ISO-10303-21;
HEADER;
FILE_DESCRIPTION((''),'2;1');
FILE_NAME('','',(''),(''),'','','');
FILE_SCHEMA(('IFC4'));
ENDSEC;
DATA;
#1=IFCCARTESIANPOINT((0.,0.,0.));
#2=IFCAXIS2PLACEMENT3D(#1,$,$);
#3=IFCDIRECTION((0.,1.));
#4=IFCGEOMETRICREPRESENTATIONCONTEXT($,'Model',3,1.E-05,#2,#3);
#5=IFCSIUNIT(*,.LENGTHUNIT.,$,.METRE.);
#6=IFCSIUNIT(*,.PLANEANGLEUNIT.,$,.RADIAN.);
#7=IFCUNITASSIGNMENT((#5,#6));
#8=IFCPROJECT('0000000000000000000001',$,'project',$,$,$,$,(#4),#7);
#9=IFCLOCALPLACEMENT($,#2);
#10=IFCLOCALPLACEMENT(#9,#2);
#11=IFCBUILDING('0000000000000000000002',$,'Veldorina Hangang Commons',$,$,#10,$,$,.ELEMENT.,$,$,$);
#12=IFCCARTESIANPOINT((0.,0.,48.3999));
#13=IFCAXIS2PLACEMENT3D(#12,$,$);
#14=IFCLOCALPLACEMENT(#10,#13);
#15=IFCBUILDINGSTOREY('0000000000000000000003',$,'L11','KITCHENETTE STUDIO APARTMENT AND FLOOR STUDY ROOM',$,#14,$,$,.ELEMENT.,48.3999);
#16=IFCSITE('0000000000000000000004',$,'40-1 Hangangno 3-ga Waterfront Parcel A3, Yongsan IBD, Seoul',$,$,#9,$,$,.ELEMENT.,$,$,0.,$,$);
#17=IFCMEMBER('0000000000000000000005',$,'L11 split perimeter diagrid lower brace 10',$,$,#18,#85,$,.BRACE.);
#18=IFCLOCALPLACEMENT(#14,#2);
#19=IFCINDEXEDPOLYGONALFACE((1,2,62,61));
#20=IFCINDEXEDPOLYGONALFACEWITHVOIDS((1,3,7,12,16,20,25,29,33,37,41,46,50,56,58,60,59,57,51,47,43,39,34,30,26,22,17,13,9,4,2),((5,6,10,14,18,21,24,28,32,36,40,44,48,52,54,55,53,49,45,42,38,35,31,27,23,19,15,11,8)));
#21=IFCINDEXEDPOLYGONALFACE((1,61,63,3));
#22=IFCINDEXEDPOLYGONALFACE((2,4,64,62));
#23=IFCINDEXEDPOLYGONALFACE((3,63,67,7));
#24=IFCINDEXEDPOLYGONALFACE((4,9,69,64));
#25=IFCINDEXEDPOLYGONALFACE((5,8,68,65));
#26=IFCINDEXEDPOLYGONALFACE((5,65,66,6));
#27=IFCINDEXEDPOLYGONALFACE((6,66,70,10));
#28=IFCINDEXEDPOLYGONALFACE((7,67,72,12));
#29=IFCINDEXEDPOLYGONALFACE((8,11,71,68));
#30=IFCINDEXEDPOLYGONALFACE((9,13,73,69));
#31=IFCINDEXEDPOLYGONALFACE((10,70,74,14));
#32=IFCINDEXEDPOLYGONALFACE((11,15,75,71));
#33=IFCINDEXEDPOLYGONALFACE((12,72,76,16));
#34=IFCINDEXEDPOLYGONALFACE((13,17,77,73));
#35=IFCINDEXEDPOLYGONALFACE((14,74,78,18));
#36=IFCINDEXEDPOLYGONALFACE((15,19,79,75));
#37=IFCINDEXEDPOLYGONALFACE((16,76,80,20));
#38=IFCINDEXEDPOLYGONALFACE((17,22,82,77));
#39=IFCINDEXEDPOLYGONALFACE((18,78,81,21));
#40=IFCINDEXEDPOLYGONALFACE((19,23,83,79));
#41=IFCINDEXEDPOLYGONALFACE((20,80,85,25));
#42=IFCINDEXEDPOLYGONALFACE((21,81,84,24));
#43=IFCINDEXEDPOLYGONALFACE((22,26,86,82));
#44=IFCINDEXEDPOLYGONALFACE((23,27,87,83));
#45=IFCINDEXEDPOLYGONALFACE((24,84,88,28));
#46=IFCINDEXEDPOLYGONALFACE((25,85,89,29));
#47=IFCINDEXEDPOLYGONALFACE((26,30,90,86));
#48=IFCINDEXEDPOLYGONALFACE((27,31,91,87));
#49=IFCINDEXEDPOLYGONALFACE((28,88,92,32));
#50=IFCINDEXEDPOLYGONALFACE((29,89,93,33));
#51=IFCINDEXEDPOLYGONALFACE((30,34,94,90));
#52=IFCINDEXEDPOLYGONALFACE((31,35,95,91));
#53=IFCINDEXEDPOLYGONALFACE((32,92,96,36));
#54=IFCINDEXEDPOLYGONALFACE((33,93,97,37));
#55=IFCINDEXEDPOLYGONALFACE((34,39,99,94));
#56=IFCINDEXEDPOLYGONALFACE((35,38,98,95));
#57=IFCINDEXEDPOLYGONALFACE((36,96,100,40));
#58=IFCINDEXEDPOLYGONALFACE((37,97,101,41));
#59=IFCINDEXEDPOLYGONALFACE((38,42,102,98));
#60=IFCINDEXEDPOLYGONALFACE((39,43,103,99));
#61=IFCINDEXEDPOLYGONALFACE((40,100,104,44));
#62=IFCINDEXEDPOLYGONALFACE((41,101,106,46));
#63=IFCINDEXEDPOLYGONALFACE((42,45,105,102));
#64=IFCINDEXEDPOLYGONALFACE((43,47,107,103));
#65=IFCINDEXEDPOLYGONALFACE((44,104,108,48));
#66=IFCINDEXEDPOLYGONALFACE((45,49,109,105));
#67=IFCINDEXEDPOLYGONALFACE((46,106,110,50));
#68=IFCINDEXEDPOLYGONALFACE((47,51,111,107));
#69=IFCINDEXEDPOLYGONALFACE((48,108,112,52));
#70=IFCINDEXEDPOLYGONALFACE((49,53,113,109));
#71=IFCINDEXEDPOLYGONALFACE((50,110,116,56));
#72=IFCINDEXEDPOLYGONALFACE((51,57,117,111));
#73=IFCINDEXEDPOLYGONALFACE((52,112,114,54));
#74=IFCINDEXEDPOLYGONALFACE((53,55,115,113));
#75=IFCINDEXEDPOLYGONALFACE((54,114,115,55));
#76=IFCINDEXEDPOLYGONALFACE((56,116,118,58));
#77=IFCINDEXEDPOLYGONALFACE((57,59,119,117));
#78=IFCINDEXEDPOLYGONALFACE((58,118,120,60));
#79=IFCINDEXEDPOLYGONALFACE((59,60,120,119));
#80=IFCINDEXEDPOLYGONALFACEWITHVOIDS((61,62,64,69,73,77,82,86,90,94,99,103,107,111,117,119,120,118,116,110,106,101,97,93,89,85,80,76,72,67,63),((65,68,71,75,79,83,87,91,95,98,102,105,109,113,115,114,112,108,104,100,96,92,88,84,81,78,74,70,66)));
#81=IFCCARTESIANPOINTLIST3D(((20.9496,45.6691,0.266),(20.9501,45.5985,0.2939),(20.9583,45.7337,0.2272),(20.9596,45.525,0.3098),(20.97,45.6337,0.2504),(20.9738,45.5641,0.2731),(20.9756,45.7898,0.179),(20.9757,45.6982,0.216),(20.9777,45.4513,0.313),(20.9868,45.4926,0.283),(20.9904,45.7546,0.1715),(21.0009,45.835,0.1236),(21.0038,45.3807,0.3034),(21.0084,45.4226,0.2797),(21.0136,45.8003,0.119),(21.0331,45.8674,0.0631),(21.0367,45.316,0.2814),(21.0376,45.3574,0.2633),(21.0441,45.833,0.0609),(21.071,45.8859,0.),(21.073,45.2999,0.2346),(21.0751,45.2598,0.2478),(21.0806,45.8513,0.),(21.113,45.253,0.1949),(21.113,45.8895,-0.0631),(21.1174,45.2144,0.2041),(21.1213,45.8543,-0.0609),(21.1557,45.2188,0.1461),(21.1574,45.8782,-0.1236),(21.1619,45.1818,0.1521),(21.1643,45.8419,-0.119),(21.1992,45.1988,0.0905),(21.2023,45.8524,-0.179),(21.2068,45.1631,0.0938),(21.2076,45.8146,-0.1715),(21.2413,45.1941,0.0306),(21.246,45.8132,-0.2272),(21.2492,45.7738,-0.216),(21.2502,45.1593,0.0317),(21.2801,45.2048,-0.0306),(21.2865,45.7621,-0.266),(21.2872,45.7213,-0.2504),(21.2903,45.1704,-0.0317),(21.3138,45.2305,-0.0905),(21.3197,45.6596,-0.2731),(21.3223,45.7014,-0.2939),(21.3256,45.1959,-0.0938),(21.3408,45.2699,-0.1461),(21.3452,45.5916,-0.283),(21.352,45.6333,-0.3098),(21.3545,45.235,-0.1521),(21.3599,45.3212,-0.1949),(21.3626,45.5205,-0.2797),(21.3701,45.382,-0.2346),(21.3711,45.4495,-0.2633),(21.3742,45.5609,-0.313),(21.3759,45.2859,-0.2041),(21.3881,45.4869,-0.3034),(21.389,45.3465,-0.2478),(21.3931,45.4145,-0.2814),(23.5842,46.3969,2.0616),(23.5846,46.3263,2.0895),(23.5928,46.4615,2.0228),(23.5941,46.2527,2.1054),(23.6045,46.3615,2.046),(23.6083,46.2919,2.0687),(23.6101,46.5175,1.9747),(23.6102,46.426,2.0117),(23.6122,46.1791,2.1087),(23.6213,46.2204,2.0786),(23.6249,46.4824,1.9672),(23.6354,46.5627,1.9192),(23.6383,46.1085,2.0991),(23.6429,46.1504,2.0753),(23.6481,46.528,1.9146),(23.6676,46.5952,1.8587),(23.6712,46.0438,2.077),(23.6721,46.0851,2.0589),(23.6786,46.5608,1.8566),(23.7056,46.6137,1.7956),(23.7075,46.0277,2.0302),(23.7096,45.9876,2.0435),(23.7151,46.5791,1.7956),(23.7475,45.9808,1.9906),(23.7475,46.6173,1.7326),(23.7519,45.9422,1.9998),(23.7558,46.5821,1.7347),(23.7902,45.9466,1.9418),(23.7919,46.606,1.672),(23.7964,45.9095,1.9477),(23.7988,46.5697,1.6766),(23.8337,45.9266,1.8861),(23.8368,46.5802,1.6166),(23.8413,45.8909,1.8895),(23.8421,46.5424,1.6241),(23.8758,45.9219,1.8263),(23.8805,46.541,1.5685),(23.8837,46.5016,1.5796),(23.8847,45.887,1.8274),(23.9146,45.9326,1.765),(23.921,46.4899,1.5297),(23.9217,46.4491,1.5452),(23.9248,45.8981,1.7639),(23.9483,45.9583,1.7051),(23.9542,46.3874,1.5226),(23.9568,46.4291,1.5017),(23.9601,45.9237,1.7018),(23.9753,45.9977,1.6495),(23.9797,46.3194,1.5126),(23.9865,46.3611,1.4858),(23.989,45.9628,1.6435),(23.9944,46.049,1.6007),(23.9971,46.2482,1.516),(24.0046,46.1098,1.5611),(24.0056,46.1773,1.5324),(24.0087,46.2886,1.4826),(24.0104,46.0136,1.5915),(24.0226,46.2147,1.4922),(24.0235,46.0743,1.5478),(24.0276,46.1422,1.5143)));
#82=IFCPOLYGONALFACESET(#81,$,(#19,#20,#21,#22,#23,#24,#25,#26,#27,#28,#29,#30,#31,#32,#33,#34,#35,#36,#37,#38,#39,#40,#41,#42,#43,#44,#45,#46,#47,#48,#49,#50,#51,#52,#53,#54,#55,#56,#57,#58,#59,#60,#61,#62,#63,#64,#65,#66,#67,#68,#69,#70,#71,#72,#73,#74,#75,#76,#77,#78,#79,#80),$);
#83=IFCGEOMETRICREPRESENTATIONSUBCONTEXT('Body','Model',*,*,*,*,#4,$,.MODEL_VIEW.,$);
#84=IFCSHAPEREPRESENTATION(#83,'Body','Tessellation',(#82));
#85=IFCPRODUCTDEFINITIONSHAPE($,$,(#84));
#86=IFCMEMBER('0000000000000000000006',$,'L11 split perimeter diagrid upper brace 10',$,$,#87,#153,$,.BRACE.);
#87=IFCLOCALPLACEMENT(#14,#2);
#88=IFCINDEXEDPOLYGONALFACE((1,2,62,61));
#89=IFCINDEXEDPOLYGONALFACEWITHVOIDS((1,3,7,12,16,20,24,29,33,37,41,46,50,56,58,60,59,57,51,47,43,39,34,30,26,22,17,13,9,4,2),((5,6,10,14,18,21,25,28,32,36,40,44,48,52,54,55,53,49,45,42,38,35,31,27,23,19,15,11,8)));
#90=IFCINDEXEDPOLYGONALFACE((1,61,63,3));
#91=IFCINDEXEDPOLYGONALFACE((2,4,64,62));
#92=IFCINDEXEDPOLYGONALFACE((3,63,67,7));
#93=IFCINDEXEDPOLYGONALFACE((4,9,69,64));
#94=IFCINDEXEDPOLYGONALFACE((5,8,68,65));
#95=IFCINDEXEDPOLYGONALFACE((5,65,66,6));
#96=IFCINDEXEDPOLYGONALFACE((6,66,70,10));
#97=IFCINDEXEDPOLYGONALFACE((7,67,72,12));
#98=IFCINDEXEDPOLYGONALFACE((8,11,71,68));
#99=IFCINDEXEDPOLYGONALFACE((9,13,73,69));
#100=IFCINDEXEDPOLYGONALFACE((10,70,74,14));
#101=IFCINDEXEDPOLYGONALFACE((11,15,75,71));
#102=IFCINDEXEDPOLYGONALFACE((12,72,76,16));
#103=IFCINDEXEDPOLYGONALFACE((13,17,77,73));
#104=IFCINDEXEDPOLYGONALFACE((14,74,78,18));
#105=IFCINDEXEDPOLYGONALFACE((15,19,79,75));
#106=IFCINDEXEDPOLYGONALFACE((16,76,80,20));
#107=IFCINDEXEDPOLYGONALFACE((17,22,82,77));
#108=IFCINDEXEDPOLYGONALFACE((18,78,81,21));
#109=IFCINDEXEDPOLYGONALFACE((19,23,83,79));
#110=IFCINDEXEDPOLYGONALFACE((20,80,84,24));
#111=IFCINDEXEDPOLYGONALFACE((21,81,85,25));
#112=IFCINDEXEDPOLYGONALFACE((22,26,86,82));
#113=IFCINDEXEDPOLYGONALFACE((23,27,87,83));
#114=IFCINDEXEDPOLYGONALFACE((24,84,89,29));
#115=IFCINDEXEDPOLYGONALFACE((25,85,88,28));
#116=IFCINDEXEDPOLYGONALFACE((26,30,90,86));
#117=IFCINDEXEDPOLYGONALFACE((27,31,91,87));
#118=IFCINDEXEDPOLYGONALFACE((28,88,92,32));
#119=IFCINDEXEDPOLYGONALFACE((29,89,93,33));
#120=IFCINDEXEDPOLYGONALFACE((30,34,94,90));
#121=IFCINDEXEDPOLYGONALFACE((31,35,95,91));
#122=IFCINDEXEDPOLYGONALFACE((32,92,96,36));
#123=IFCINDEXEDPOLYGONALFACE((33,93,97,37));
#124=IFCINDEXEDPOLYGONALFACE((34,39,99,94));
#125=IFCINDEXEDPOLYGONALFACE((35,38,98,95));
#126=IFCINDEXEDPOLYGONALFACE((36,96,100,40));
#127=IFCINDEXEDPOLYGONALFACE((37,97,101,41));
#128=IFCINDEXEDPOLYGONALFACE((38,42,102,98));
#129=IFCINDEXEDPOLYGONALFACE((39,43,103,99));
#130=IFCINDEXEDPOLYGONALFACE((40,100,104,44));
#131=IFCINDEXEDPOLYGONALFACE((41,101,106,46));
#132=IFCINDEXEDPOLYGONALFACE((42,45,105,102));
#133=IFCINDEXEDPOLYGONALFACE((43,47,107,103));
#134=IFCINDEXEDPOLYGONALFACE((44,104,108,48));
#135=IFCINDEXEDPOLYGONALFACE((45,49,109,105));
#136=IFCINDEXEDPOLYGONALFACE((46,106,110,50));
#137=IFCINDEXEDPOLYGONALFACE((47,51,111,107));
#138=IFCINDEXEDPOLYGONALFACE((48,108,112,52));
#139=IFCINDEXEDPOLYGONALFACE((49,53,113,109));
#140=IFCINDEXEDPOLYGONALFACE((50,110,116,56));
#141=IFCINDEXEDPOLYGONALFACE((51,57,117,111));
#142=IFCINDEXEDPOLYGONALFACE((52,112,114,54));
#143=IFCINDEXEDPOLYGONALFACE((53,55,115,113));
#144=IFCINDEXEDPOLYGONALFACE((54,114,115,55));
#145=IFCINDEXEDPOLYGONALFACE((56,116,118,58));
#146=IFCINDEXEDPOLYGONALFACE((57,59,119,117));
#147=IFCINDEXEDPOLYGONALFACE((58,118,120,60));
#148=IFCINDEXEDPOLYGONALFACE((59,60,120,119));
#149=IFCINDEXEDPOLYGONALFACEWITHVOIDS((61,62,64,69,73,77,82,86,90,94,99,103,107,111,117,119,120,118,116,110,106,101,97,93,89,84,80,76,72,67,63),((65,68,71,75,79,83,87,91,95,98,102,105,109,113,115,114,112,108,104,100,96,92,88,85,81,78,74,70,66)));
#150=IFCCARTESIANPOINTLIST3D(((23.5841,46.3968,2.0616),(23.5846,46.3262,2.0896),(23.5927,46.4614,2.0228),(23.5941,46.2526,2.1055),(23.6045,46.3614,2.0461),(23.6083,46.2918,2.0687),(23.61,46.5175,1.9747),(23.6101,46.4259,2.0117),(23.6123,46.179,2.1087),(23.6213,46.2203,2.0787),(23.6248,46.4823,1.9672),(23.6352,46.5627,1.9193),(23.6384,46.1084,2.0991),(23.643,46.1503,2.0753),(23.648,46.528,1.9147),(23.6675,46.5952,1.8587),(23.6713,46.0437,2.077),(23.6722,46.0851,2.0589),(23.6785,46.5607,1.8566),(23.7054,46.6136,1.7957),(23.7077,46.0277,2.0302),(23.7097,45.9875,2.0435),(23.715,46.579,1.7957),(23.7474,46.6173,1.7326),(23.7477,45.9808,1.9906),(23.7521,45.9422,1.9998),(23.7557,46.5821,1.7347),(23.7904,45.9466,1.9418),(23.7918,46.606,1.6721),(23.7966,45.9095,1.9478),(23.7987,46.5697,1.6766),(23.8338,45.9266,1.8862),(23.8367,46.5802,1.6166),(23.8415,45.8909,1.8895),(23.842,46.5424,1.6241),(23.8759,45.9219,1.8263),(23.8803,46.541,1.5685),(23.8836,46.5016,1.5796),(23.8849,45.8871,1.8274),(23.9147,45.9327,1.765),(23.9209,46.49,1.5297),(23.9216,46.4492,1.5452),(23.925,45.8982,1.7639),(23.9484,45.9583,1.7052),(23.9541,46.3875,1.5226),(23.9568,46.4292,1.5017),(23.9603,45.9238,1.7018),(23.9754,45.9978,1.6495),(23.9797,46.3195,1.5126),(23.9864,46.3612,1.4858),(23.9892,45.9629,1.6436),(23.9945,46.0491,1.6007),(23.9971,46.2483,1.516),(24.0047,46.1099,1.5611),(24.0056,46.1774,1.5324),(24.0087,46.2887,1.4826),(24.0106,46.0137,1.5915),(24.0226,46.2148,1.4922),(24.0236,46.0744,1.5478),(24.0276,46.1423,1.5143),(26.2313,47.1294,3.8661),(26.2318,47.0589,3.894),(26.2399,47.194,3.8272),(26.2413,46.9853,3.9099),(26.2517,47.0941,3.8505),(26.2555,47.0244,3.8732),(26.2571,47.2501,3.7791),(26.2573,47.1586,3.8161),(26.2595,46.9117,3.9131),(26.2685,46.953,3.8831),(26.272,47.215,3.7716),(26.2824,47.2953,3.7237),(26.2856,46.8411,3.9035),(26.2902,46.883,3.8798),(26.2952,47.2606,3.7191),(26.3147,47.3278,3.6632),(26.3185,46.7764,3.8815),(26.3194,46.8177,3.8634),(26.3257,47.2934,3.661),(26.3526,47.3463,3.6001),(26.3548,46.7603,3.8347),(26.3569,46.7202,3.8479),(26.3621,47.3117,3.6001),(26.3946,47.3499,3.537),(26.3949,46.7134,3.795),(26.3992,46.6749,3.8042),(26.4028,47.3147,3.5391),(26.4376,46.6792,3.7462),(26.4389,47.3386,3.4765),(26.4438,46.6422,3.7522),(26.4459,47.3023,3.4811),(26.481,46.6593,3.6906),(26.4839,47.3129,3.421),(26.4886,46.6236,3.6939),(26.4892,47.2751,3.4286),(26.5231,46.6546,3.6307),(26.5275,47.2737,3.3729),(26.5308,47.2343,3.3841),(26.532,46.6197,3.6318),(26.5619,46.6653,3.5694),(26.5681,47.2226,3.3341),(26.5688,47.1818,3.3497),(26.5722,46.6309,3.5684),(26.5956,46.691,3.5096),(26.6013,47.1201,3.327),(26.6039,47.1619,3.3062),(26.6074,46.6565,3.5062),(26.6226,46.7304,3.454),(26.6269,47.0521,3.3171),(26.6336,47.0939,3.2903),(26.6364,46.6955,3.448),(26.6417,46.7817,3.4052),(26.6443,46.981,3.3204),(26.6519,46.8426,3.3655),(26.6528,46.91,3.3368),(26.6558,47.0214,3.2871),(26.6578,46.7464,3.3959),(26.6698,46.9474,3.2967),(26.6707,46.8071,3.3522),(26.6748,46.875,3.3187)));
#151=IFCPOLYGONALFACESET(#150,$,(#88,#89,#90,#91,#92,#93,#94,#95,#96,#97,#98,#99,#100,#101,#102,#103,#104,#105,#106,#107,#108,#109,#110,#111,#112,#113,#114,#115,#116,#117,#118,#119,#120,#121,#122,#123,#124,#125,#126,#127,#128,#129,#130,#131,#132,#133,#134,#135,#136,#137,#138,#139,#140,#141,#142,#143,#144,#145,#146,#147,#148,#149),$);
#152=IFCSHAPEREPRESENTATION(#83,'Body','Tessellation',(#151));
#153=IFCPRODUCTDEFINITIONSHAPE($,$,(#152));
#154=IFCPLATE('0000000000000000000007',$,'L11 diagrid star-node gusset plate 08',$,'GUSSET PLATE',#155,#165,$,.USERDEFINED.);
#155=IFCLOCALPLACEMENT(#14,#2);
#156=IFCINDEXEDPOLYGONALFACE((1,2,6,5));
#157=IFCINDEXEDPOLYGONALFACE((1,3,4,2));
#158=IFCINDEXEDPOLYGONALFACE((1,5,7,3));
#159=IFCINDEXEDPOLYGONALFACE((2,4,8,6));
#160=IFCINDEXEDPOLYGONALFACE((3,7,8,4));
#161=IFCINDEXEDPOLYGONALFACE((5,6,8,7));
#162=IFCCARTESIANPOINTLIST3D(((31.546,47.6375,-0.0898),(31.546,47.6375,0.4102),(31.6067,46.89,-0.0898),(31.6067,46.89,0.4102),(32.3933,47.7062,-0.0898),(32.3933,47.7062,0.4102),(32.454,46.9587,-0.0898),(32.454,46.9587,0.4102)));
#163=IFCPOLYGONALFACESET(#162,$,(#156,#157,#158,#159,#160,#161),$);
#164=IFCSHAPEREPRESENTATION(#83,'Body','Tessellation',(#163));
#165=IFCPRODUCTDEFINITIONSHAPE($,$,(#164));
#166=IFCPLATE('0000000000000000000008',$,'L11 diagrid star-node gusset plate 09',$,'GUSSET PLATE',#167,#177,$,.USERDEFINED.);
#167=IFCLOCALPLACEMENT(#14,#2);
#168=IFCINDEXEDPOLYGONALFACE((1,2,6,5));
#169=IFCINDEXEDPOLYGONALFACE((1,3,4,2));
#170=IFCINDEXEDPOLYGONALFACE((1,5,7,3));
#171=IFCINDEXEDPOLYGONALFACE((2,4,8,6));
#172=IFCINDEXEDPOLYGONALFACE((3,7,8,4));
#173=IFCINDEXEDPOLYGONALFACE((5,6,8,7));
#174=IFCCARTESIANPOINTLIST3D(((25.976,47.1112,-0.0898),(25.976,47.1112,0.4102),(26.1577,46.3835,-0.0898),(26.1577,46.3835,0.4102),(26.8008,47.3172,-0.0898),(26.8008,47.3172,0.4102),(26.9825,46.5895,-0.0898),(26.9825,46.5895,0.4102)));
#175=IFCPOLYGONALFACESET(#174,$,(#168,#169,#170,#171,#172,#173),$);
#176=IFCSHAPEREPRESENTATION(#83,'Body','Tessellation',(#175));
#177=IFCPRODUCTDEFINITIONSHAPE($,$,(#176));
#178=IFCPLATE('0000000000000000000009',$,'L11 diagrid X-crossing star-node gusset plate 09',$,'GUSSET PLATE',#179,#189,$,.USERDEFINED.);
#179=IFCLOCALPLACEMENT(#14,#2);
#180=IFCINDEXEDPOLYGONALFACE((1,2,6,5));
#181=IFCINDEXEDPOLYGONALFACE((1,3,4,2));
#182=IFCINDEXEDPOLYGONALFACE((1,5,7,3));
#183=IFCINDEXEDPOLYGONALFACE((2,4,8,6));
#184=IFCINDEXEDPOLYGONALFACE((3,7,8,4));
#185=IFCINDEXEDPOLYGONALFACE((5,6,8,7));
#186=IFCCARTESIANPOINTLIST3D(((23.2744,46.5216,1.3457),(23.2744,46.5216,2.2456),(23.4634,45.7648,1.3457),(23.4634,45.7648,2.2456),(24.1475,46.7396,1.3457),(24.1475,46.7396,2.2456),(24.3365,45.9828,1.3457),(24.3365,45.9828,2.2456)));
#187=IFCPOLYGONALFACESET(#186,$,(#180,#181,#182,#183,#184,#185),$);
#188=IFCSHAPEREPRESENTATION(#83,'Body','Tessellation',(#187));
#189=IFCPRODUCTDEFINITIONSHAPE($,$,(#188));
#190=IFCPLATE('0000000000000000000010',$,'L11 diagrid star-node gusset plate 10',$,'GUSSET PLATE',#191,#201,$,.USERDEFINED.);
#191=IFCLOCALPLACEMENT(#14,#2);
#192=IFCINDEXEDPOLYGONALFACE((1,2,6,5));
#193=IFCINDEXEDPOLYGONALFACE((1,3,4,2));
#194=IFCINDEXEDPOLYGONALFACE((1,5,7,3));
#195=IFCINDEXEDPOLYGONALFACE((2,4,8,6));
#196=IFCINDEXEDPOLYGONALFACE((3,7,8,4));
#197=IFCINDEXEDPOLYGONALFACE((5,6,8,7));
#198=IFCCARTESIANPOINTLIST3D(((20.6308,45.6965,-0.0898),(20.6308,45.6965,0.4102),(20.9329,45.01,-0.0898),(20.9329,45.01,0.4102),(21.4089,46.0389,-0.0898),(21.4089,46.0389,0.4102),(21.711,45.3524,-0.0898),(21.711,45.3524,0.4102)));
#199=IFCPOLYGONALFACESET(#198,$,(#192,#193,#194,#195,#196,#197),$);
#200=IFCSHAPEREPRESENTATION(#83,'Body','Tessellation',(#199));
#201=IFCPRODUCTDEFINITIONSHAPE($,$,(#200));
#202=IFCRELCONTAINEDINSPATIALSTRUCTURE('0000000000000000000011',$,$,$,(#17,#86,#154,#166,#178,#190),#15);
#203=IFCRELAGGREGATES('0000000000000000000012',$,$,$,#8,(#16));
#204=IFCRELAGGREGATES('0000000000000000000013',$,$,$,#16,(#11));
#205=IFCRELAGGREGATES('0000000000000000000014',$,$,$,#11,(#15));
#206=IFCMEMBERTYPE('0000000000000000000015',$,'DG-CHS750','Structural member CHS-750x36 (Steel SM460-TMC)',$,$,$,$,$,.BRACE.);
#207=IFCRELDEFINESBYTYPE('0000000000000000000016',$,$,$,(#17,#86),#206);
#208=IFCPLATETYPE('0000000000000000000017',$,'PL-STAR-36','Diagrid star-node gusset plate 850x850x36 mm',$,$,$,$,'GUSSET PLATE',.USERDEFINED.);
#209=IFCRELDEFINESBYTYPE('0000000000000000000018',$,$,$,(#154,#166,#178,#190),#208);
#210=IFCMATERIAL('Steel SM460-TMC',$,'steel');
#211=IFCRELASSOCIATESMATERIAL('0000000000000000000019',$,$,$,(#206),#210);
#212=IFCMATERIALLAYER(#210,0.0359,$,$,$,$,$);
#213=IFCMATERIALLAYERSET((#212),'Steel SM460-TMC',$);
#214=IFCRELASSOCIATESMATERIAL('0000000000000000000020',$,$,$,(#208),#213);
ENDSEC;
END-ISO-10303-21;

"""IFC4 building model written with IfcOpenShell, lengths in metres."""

from ifc_helpers import new_model, si_unit, direction, frame, origin, origin_2d, place, context, subcontext, project, spatial, rectangle, hollow_circle, extrude, material, layer, layer_set, material_profile, profile_set, type_object, element, save


model = new_model("IFC4")

# Units and contexts
model_context = context("Model", 3, precision=1e-05, world=origin(), true_north=direction((0.0, 1.0)))
body_context = subcontext(model_context, "Body", "Model", "MODEL_VIEW")
ifc_project = project(units=[si_unit("LENGTHUNIT", "METRE"), si_unit("PLANEANGLEUNIT", "RADIAN")], contexts=[model_context])

# Site, building, storey
site_placement = place(None, origin())
site = spatial("IfcSite", under=ifc_project, at=site_placement, Name="40-1 Hangangno 3-ga Waterfront Parcel A3, Yongsan IBD, Seoul", CompositionType="ELEMENT", RefElevation=0.0)
building_placement = place(site_placement, origin())
building = spatial("IfcBuilding", under=site, at=building_placement, Name="Veldorina Hangang Commons", CompositionType="ELEMENT")
storey_placement = place(building_placement, frame((0.0, 0.0, 48.3999)))
storey = spatial("IfcBuildingStorey", under=building, at=storey_placement, Name="L11", Description="KITCHENETTE STUDIO APARTMENT AND FLOOR STUDY ROOM", CompositionType="ELEMENT", Elevation=48.3999)

# Shared definitions
ifc_material_1 = material(Name="Steel SM460-TMC", Category="steel")

# Members
ifc_material_profile_1 = material_profile(ifc_material_1, hollow_circle(Radius=0.375, WallThickness=0.0359, at=origin_2d()), Name="CHS-750x36")
ifc_profile_set_1 = profile_set([ifc_material_profile_1], Name="Steel SM460-TMC")
member_type = type_object("IfcMemberType", Name="DG-CHS750", Description="Structural member CHS-750x36 (Steel SM460-TMC)", PredefinedType="BRACE", material=ifc_profile_set_1)
member_1_placement = place(storey_placement, frame((21.1709, 45.5244, 0.0), z_axis=(0.805595, 0.222544, 0.549082), x_axis=(-0.266275, 0.963897, 0.0)))
element("IfcMember", 1, at=member_1_placement, inside=storey, type_object=member_type, Name="L11 split perimeter diagrid lower brace 10", PredefinedType="BRACE", context=body_context, shape_type="SweptSolid", body=[
    extrude(hollow_circle(Radius=0.375, WallThickness=0.0359, at=origin_2d()), origin(), (0.0, 0.0, 1.0), 3.2703),
])
member_2_placement = place(storey_placement, frame((23.8054, 46.2522, 1.7957), z_axis=(0.805501, 0.222937, 0.54906), x_axis=(-0.266741, 0.963768, 0.0)))
element("IfcMember", 2, at=member_2_placement, inside=storey, type_object=member_type, Name="L11 split perimeter diagrid upper brace 10", PredefinedType="BRACE", context=body_context, shape_type="SweptSolid", body=[
    extrude(hollow_circle(Radius=0.375, WallThickness=0.0359, at=origin_2d()), origin(), (0.0, 0.0, 1.0), 3.2864),
])

# Plates
ifc_layer_1 = layer(ifc_material_1, 0.0359)
ifc_layer_set_1 = layer_set([ifc_layer_1], Name="Steel SM460-TMC")
plate_type = type_object("IfcPlateType", Name="PL-STAR-36", Description="Diagrid star-node gusset plate 850x850x36 mm", ElementType="GUSSET PLATE", PredefinedType="USERDEFINED", material=ifc_layer_set_1)
for number, where, z_axis, x_axis, name in (
    (3, (32.0, 47.2981, -0.0898), (0.0, 0.0, 1.0), (-0.996728, -0.080825, 0.0), "L11 diagrid star-node gusset plate 08"),
    (4, (26.4792, 46.8503, -0.0898), (0.0, 0.0, 1.0), (-0.970199, -0.242311, 0.0), "L11 diagrid star-node gusset plate 09"),
):
    element("IfcPlate", number, at=place(storey_placement, frame(where, z_axis=z_axis, x_axis=x_axis)), inside=storey, type_object=plate_type, Name=name, ObjectType="GUSSET PLATE", PredefinedType="USERDEFINED", context=body_context, shape_type="SweptSolid", body=[
        extrude(rectangle(XDim=0.8501, YDim=0.75, at=origin_2d()), origin(), (0.0, 0.0, 1.0), 0.5),
    ])
plate_1_placement = place(storey_placement, frame((23.8054, 46.2522, 1.3457), z_axis=(0.0, 0.0, 1.0), x_axis=(-0.970199, -0.242311, 0.0)))
element("IfcPlate", 5, at=plate_1_placement, inside=storey, type_object=plate_type, Name="L11 diagrid X-crossing star-node gusset plate 09", ObjectType="GUSSET PLATE", PredefinedType="USERDEFINED", context=body_context, shape_type="SweptSolid", body=[
    extrude(rectangle(XDim=0.8999, YDim=0.78, at=origin_2d()), origin(), (0.0, 0.0, 1.0), 0.8999),
])
plate_2_placement = place(storey_placement, frame((21.1709, 45.5244, -0.0898), z_axis=(0.0, 0.0, 1.0), x_axis=(-0.915297, -0.402779, 0.0)))
element("IfcPlate", 6, at=plate_2_placement, inside=storey, type_object=plate_type, Name="L11 diagrid star-node gusset plate 10", ObjectType="GUSSET PLATE", PredefinedType="USERDEFINED", context=body_context, shape_type="SweptSolid", body=[
    extrude(rectangle(XDim=0.8501, YDim=0.75, at=origin_2d()), origin(), (0.0, 0.0, 1.0), 0.5),
])

save(model, "model.ifc")
